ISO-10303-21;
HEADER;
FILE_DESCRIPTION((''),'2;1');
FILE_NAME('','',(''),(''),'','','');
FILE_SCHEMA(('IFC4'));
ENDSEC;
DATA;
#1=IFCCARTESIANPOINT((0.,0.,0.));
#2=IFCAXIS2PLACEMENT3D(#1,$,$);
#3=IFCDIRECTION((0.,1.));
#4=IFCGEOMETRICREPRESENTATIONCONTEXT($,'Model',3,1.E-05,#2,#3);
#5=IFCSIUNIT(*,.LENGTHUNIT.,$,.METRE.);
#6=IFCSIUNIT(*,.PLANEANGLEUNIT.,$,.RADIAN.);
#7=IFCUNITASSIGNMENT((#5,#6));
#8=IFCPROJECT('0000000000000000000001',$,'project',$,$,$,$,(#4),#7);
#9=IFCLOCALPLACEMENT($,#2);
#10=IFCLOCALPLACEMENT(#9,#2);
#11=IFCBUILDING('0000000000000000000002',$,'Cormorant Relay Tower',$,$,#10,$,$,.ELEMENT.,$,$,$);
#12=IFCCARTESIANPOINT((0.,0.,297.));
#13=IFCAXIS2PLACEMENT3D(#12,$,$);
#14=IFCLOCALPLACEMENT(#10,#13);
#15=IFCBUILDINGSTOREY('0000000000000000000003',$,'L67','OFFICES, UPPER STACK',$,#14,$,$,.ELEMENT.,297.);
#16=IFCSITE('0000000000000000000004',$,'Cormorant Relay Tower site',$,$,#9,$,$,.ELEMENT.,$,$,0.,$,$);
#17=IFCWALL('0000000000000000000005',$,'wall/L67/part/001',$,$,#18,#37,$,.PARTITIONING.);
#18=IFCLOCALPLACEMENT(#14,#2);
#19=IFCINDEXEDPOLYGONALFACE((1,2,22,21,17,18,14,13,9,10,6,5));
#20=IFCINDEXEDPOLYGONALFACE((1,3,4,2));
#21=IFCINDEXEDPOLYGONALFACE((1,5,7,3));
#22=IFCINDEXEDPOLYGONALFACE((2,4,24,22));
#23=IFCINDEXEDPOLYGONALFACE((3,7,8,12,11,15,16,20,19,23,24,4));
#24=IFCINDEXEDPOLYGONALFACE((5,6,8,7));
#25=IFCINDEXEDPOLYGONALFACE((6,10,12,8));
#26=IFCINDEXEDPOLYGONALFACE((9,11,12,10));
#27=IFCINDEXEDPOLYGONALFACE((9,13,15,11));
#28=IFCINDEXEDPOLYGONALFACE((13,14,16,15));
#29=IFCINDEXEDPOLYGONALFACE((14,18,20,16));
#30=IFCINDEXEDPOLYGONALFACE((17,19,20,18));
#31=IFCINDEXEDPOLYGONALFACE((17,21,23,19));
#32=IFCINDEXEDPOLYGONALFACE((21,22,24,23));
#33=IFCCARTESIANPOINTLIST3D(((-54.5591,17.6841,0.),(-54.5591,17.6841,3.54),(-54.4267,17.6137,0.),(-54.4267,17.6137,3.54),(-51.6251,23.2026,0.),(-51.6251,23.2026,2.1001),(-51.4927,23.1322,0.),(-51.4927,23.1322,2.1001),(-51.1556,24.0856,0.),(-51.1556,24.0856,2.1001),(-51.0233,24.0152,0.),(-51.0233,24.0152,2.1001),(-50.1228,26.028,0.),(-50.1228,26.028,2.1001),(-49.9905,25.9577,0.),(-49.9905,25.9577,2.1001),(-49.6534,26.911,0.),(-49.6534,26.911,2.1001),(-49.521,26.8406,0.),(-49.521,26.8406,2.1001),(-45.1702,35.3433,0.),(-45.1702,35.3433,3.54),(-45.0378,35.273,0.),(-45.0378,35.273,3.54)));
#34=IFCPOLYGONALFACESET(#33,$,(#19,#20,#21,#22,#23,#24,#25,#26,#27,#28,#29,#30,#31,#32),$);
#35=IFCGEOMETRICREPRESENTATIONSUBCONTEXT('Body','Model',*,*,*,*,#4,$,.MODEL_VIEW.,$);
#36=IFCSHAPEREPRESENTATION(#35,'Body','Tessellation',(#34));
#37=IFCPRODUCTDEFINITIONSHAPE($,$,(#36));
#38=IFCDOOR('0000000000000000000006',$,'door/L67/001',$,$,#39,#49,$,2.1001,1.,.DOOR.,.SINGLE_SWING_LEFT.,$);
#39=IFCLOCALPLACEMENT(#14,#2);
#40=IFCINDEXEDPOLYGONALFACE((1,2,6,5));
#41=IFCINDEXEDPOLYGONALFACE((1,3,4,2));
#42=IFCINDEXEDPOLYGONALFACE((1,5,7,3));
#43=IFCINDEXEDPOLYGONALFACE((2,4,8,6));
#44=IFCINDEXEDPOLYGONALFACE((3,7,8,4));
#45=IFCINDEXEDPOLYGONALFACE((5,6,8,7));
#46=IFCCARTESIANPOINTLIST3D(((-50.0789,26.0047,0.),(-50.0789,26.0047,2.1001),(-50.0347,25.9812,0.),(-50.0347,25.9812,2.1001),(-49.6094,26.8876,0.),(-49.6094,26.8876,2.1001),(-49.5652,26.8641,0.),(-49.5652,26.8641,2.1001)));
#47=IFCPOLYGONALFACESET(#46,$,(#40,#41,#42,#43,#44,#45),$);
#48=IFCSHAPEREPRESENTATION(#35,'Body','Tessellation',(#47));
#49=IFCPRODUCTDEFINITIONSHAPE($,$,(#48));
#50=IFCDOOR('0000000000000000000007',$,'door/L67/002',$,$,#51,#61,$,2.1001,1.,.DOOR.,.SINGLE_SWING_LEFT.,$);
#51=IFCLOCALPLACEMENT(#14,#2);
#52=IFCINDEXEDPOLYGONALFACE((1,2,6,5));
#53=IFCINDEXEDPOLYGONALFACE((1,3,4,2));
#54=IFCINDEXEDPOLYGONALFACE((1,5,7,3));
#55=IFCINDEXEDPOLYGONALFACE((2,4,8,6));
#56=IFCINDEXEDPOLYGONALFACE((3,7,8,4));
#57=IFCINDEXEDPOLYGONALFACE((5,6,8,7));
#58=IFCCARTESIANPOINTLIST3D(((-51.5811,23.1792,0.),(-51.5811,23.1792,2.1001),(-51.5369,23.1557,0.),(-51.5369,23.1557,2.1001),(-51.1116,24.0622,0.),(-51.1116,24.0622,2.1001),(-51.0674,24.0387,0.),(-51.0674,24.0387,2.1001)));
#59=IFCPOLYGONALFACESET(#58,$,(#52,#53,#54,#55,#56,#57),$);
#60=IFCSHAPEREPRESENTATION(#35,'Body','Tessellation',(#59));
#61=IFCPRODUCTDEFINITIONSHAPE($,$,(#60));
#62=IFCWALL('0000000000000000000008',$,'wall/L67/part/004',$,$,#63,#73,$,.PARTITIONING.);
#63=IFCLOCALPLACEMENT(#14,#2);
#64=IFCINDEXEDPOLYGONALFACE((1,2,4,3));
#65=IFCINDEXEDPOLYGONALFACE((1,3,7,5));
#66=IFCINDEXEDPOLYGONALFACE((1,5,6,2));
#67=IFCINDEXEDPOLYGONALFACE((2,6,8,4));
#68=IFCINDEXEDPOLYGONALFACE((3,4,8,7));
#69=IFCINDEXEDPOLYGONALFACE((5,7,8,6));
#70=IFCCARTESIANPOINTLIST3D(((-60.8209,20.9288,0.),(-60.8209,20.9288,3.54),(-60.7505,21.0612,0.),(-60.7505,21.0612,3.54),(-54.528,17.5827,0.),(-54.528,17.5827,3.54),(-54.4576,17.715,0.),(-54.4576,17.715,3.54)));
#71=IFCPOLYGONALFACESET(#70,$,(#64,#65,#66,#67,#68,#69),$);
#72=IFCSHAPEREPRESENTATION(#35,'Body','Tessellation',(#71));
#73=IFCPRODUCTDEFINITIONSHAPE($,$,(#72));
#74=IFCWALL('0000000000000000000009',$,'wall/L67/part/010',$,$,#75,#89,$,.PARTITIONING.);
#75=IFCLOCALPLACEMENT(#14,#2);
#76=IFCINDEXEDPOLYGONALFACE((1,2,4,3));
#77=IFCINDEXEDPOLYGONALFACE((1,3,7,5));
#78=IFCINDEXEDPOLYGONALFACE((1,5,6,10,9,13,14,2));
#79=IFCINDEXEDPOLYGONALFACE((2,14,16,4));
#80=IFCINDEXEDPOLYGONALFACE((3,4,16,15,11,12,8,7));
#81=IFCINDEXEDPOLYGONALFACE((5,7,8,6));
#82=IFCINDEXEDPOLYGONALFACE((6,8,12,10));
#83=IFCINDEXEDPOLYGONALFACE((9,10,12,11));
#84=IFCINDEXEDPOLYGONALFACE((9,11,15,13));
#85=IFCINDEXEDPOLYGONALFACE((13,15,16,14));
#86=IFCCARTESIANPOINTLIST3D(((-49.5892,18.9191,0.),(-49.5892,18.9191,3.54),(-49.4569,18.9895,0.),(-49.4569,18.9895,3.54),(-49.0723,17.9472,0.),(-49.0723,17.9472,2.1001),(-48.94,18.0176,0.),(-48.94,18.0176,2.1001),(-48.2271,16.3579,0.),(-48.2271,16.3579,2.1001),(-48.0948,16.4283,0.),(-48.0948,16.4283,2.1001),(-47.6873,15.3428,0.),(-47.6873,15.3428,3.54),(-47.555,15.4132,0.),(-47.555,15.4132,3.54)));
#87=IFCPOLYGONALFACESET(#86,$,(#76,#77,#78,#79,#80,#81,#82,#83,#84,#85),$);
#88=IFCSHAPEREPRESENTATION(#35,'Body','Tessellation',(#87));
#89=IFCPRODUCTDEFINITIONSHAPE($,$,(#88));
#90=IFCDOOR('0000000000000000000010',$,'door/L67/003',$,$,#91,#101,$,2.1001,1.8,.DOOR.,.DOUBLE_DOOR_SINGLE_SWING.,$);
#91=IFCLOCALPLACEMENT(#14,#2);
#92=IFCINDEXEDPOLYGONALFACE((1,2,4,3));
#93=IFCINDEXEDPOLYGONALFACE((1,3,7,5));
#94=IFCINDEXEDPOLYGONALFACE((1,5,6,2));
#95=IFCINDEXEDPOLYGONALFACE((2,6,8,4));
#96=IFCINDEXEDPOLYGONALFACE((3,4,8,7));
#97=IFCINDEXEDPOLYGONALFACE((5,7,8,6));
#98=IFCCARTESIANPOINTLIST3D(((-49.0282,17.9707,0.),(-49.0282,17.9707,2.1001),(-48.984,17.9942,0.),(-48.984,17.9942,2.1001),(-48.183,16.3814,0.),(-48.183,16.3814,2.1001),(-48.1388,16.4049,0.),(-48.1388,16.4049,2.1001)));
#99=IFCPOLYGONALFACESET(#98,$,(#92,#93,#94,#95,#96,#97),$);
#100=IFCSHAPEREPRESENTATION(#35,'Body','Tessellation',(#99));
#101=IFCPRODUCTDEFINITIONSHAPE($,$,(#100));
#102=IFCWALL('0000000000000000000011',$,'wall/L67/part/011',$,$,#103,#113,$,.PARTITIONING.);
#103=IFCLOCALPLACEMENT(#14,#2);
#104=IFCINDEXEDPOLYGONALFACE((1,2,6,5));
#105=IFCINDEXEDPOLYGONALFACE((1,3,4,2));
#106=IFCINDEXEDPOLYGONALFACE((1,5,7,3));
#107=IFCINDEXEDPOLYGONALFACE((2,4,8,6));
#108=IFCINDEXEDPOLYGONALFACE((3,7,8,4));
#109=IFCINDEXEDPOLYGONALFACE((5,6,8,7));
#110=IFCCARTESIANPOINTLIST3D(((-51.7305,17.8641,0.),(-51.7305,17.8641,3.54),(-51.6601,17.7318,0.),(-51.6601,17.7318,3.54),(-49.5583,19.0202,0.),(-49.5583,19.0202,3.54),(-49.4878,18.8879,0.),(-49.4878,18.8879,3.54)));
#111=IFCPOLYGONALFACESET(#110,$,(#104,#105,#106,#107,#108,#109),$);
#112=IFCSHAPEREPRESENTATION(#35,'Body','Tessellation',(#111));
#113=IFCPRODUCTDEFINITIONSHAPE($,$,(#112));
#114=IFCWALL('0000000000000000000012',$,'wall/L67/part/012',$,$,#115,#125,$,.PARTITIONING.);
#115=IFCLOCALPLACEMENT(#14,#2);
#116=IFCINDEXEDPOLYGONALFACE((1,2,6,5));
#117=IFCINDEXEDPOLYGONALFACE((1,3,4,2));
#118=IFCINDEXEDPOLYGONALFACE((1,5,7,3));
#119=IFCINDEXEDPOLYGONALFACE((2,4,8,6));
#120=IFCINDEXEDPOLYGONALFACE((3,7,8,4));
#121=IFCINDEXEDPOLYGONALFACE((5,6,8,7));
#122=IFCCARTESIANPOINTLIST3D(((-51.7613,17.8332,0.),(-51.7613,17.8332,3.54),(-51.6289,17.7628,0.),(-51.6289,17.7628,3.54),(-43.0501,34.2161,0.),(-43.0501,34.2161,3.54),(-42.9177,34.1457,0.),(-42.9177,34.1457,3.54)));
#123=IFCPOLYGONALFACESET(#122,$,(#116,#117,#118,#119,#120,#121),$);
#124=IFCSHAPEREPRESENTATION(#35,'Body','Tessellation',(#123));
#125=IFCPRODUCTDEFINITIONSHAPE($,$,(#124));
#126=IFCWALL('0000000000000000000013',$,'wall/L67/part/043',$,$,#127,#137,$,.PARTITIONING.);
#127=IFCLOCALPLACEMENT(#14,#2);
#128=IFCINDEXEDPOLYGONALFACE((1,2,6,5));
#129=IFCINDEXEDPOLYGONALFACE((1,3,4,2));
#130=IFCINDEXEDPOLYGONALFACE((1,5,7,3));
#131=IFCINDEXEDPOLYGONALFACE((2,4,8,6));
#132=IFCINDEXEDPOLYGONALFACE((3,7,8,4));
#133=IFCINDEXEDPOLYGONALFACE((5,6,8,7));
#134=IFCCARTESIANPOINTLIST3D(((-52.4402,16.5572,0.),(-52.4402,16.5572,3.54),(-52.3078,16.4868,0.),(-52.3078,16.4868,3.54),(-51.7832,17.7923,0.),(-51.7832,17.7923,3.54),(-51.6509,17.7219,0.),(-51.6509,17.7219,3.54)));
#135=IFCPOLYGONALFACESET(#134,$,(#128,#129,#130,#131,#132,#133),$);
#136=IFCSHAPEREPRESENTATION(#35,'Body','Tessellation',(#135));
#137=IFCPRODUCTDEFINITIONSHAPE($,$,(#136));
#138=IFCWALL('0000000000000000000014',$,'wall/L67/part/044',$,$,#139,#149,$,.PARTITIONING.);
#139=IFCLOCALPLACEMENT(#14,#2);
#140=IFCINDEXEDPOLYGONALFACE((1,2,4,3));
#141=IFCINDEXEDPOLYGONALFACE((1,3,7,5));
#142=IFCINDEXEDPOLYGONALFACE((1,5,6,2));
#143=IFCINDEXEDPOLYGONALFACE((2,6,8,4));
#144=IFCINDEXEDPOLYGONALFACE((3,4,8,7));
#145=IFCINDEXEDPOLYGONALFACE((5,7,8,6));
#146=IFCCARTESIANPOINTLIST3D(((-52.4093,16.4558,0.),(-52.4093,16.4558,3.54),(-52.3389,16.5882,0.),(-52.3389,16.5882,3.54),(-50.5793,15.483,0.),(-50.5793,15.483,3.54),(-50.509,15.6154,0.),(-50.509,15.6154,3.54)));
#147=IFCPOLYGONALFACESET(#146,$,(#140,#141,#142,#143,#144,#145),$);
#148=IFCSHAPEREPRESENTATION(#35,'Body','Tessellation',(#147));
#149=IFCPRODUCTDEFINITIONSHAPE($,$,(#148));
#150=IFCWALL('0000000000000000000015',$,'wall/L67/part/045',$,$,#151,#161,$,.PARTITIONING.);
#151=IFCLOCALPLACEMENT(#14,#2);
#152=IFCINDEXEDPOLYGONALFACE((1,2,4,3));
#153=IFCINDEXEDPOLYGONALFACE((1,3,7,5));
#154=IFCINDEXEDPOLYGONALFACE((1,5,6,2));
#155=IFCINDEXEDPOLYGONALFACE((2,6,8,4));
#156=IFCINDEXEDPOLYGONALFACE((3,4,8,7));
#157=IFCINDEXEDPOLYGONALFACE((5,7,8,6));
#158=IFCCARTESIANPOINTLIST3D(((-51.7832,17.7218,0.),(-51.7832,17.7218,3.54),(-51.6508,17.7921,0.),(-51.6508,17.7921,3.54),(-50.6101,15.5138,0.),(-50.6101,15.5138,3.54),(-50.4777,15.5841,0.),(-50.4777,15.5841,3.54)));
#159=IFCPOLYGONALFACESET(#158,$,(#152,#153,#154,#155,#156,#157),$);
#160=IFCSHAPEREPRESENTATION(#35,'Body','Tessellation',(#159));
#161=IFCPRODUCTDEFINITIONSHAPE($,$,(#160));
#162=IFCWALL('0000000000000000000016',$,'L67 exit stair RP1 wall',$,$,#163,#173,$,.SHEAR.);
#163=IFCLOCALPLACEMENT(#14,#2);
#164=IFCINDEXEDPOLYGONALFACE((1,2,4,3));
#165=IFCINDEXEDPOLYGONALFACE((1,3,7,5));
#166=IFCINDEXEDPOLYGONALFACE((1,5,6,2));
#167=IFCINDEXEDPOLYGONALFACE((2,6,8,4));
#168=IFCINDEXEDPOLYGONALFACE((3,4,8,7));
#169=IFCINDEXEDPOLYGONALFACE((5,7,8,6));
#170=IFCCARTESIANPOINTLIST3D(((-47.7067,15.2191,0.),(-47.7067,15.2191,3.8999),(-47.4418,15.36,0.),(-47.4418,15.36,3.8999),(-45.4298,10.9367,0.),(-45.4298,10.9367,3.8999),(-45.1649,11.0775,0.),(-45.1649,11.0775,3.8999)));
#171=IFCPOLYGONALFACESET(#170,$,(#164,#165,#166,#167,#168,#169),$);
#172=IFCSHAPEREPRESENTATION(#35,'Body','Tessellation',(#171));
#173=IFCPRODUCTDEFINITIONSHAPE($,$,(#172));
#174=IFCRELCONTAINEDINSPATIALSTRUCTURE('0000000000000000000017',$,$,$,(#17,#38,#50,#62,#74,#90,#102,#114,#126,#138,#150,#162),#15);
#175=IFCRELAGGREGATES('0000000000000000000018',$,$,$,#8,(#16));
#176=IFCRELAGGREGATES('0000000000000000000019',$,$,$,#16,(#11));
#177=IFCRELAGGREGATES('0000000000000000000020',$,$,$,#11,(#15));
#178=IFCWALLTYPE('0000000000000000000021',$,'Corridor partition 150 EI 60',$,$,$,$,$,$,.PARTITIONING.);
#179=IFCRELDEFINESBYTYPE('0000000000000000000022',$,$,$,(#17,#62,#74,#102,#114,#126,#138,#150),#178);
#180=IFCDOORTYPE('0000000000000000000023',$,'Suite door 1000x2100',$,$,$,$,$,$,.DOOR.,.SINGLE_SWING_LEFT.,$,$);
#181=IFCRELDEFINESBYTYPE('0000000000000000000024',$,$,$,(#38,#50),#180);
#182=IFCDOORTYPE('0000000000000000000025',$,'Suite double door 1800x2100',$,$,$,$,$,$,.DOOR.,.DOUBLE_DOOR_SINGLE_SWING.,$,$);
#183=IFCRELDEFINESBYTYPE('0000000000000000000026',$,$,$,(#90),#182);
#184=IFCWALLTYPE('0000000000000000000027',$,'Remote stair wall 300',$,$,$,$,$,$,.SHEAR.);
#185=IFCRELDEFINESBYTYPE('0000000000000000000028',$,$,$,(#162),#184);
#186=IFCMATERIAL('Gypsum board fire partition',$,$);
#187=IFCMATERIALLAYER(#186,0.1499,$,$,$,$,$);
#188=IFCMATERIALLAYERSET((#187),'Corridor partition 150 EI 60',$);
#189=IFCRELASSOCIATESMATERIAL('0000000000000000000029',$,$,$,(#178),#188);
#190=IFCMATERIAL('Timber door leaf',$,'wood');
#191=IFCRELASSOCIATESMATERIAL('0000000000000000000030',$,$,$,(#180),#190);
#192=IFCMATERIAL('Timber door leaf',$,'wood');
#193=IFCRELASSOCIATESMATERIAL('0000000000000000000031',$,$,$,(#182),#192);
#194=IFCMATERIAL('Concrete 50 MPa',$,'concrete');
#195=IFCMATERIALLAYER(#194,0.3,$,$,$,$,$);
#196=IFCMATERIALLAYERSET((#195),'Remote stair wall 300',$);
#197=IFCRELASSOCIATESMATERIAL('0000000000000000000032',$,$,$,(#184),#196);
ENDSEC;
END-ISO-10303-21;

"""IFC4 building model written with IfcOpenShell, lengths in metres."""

from ifc_helpers import new_model, si_unit, direction, frame, frame_2d, origin, place, context, subcontext, project, spatial, rectangle, extrude, material, layer, layer_set, type_object, element, fill, save


model = new_model("IFC4")

# Units and contexts
model_context = context("Model", 3, precision=1e-05, world=origin(), true_north=direction((0.0, 1.0)))
body_context = subcontext(model_context, "Body", "Model", "MODEL_VIEW")
ifc_project = project(units=[si_unit("LENGTHUNIT", "METRE"), si_unit("PLANEANGLEUNIT", "RADIAN")], contexts=[model_context])

# Site, building, storey
site_placement = place(None, origin())
site = spatial("IfcSite", under=ifc_project, at=site_placement, Name="Cormorant Relay Tower site", CompositionType="ELEMENT", RefElevation=0.0)
building_placement = place(site_placement, origin())
building = spatial("IfcBuilding", under=site, at=building_placement, Name="Cormorant Relay Tower", CompositionType="ELEMENT")
storey_placement = place(building_placement, frame((0.0, 0.0, 297.0)))
storey = spatial("IfcBuildingStorey", under=building, at=storey_placement, Name="L67", Description="OFFICES, UPPER STACK", CompositionType="ELEMENT", Elevation=297.0)

# Wall, openings, doors
ifc_material_1 = material(Name="Gypsum board fire partition")
ifc_layer_1 = layer(ifc_material_1, 0.1499)
ifc_layer_set_1 = layer_set([ifc_layer_1], Name="Corridor partition 150 EI 60")
wall_type_1 = type_object("IfcWallType", Name="Corridor partition 150 EI 60", PredefinedType="PARTITIONING", material=ifc_layer_set_1)
wall_1_placement = place(storey_placement, frame((-54.4929, 17.6489, 0.0), z_axis=(0.0, 0.0, 1.0), x_axis=(0.469447, 0.882961, 0.0)))
wall_1 = element("IfcWall", 1, at=wall_1_placement, inside=storey, type_object=wall_type_1, Name="wall/L67/part/001", PredefinedType="PARTITIONING", context=body_context, shape_type="SweptSolid", body=[
    extrude(rectangle(XDim=20.0, YDim=0.1499, at=frame_2d((10.0, 0.0))), origin(), (0.0, 0.0, 1.0), 3.54),
])
opening_1_placement = place(wall_1_placement, frame((9.45, 0.0, 0.0)))
opening_1 = element("IfcOpeningElement", 2, at=opening_1_placement, cuts=wall_1, PredefinedType="OPENING", context=body_context, shape_type="SweptSolid", body=[
    extrude(rectangle(XDim=1.0, YDim=2.1001, at=frame_2d((0.5, 1.05))), frame((0.0, 0.085, 0.0), z_axis=(0.0, -1.0, 0.0), x_axis=(1.0, 0.0, 0.0)), (0.0, 0.0, 1.0), 0.1699),
])
opening_2_placement = place(wall_1_placement, frame((6.25, 0.0, 0.0)))
opening_2 = element("IfcOpeningElement", 3, at=opening_2_placement, cuts=wall_1, PredefinedType="OPENING", context=body_context, shape_type="SweptSolid", body=[
    extrude(rectangle(XDim=1.0, YDim=2.1001, at=frame_2d((0.5, 1.05))), frame((0.0, 0.085, 0.0), z_axis=(0.0, -1.0, 0.0), x_axis=(1.0, 0.0, 0.0)), (0.0, 0.0, 1.0), 0.1699),
])
ifc_material_2 = material(Name="Timber door leaf", Category="wood")
door_type_1 = type_object("IfcDoorType", Name="Suite door 1000x2100", OperationType="SINGLE_SWING_LEFT", PredefinedType="DOOR", material=ifc_material_2)
door_1_placement = place(opening_1_placement, frame((1.0, 0.0, 0.0), z_axis=(0.0, 0.0, 1.0), x_axis=(-1.0, 0.0, 0.0)))
door_1 = element("IfcDoor", 4, at=door_1_placement, inside=storey, type_object=door_type_1, Name="door/L67/001", OperationType="SINGLE_SWING_LEFT", OverallHeight=2.1001, OverallWidth=1.0, PredefinedType="DOOR", context=body_context, shape_type="SweptSolid", body=[
    extrude(rectangle(XDim=1.0, YDim=2.1001, at=frame_2d((0.5, 1.05))), frame((0.0, 0.0249, 0.0), z_axis=(0.0, -1.0, 0.0), x_axis=(1.0, 0.0, 0.0)), (0.0, 0.0, 1.0), 0.05),
])
fill(opening_1, door_1)
door_2_placement = place(opening_2_placement, frame((1.0, 0.0, 0.0), z_axis=(0.0, 0.0, 1.0), x_axis=(-1.0, 0.0, 0.0)))
door_2 = element("IfcDoor", 5, at=door_2_placement, inside=storey, type_object=door_type_1, Name="door/L67/002", OperationType="SINGLE_SWING_LEFT", OverallHeight=2.1001, OverallWidth=1.0, PredefinedType="DOOR", context=body_context, shape_type="SweptSolid", body=[
    extrude(rectangle(XDim=1.0, YDim=2.1001, at=frame_2d((0.5, 1.05))), frame((0.0, 0.0249, 0.0), z_axis=(0.0, -1.0, 0.0), x_axis=(1.0, 0.0, 0.0)), (0.0, 0.0, 1.0), 0.05),
])
fill(opening_2, door_2)

# Wall
wall_2_placement = place(storey_placement, frame((-54.4929, 17.6489, 0.0), z_axis=(0.0, 0.0, 1.0), x_axis=(-0.882938, 0.469489, 0.0)))
element("IfcWall", 6, at=wall_2_placement, inside=storey, type_object=wall_type_1, Name="wall/L67/part/004", PredefinedType="PARTITIONING", context=body_context, shape_type="SweptSolid", body=[
    extrude(rectangle(XDim=7.1272, YDim=0.1499, at=frame_2d((3.5635, 0.0))), origin(), (0.0, 0.0, 1.0), 3.54),
])

# Wall, opening, door
wall_3_placement = place(storey_placement, frame((-47.6211, 15.3779, 0.0), z_axis=(0.0, 0.0, 1.0), x_axis=(-0.469543, 0.88291, 0.0)))
wall_3 = element("IfcWall", 7, at=wall_3_placement, inside=storey, type_object=wall_type_1, Name="wall/L67/part/010", PredefinedType="PARTITIONING", context=body_context, shape_type="SweptSolid", body=[
    extrude(rectangle(XDim=4.0505, YDim=0.1499, at=frame_2d((2.0254, 0.0))), origin(), (0.0, 0.0, 1.0), 3.54),
])
opening_3_placement = place(wall_3_placement, frame((1.1499, 0.0, 0.0)))
opening_3 = element("IfcOpeningElement", 8, at=opening_3_placement, cuts=wall_3, PredefinedType="OPENING", context=body_context, shape_type="SweptSolid", body=[
    extrude(rectangle(XDim=1.8, YDim=2.1001, at=frame_2d((0.8999, 1.05))), frame((0.0, 0.085, 0.0), z_axis=(0.0, -1.0, 0.0), x_axis=(1.0, 0.0, 0.0)), (0.0, 0.0, 1.0), 0.1699),
])
ifc_material_3 = material(Name="Timber door leaf", Category="wood")
door_type_2 = type_object("IfcDoorType", Name="Suite double door 1800x2100", OperationType="DOUBLE_DOOR_SINGLE_SWING", PredefinedType="DOOR", material=ifc_material_3)
door_3_placement = place(opening_3_placement, origin())
door_3 = element("IfcDoor", 9, at=door_3_placement, inside=storey, type_object=door_type_2, Name="door/L67/003", OperationType="DOUBLE_DOOR_SINGLE_SWING", OverallHeight=2.1001, OverallWidth=1.8, PredefinedType="DOOR", context=body_context, shape_type="SweptSolid", body=[
    extrude(rectangle(XDim=1.8, YDim=2.1001, at=frame_2d((0.8999, 1.05))), frame((0.0, 0.0249, 0.0), z_axis=(0.0, -1.0, 0.0), x_axis=(1.0, 0.0, 0.0)), (0.0, 0.0, 1.0), 0.05),
])
fill(opening_3, door_3)

# Walls
wall_4_placement = place(storey_placement, frame((-49.5229, 18.9541, 0.0), z_axis=(0.0, 0.0, 1.0), x_axis=(-0.882767, -0.46981, 0.0)))
element("IfcWall", 10, at=wall_4_placement, inside=storey, type_object=wall_type_1, Name="wall/L67/part/011", PredefinedType="PARTITIONING", context=body_context, shape_type="SweptSolid", body=[
    extrude(rectangle(XDim=2.4607, YDim=0.1499, at=frame_2d((1.2305, 0.0))), origin(), (0.0, 0.0, 1.0), 3.54),
])
wall_5_placement = place(storey_placement, frame((-51.6951, 17.7981, 0.0), z_axis=(0.0, 0.0, 1.0), x_axis=(0.469484, 0.882941, 0.0)))
element("IfcWall", 11, at=wall_5_placement, inside=storey, type_object=wall_type_1, Name="wall/L67/part/012", PredefinedType="PARTITIONING", context=body_context, shape_type="SweptSolid", body=[
    extrude(rectangle(XDim=18.5549, YDim=0.1499, at=frame_2d((9.2773, 0.0))), origin(), (0.0, 0.0, 1.0), 3.54),
])
wall_6_placement = place(storey_placement, frame((-51.717, 17.7571, 0.0), z_axis=(0.0, 0.0, 1.0), x_axis=(-0.469619, -0.882869, 0.0)))
element("IfcWall", 12, at=wall_6_placement, inside=storey, type_object=wall_type_1, Name="wall/L67/part/043", PredefinedType="PARTITIONING", context=body_context, shape_type="SweptSolid", body=[
    extrude(rectangle(XDim=1.3989, YDim=0.1499, at=frame_2d((0.6995, 0.0))), origin(), (0.0, 0.0, 1.0), 3.54),
])
wall_7_placement = place(storey_placement, frame((-52.374, 16.522, 0.0), z_axis=(0.0, 0.0, 1.0), x_axis=(0.882981, -0.469408, 0.0)))
element("IfcWall", 13, at=wall_7_placement, inside=storey, type_object=wall_type_1, Name="wall/L67/part/044", PredefinedType="PARTITIONING", context=body_context, shape_type="SweptSolid", body=[
    extrude(rectangle(XDim=2.0725, YDim=0.1499, at=frame_2d((1.0361, 0.0))), origin(), (0.0, 0.0, 1.0), 3.54),
])
wall_8_placement = place(storey_placement, frame((-50.5439, 15.5491, 0.0), z_axis=(0.0, 0.0, 1.0), x_axis=(-0.469184, 0.883101, 0.0)))
element("IfcWall", 14, at=wall_8_placement, inside=storey, type_object=wall_type_1, Name="wall/L67/part/045", PredefinedType="PARTITIONING", context=body_context, shape_type="SweptSolid", body=[
    extrude(rectangle(XDim=2.5002, YDim=0.1499, at=frame_2d((1.25, 0.0))), origin(), (0.0, 0.0, 1.0), 3.54),
])
ifc_material_4 = material(Name="Concrete 50 MPa", Category="concrete")
ifc_layer_2 = layer(ifc_material_4, 0.3)
ifc_layer_set_2 = layer_set([ifc_layer_2], Name="Remote stair wall 300")
wall_type_2 = type_object("IfcWallType", Name="Remote stair wall 300", PredefinedType="SHEAR", material=ifc_layer_set_2)
wall_9_placement = place(storey_placement, frame((-47.5742, 15.2896, 0.0), z_axis=(0.0, 0.0, 1.0), x_axis=(0.469443, -0.882963, 0.0)))
element("IfcWall", 15, at=wall_9_placement, inside=storey, type_object=wall_type_2, Name="L67 exit stair RP1 wall", PredefinedType="SHEAR", context=body_context, shape_type="SweptSolid", body=[
    extrude(rectangle(XDim=4.8501, YDim=0.3, at=frame_2d((2.425, 0.0))), origin(), (0.0, 0.0, 1.0), 3.8999),
])

save(model, "model.ifc")
